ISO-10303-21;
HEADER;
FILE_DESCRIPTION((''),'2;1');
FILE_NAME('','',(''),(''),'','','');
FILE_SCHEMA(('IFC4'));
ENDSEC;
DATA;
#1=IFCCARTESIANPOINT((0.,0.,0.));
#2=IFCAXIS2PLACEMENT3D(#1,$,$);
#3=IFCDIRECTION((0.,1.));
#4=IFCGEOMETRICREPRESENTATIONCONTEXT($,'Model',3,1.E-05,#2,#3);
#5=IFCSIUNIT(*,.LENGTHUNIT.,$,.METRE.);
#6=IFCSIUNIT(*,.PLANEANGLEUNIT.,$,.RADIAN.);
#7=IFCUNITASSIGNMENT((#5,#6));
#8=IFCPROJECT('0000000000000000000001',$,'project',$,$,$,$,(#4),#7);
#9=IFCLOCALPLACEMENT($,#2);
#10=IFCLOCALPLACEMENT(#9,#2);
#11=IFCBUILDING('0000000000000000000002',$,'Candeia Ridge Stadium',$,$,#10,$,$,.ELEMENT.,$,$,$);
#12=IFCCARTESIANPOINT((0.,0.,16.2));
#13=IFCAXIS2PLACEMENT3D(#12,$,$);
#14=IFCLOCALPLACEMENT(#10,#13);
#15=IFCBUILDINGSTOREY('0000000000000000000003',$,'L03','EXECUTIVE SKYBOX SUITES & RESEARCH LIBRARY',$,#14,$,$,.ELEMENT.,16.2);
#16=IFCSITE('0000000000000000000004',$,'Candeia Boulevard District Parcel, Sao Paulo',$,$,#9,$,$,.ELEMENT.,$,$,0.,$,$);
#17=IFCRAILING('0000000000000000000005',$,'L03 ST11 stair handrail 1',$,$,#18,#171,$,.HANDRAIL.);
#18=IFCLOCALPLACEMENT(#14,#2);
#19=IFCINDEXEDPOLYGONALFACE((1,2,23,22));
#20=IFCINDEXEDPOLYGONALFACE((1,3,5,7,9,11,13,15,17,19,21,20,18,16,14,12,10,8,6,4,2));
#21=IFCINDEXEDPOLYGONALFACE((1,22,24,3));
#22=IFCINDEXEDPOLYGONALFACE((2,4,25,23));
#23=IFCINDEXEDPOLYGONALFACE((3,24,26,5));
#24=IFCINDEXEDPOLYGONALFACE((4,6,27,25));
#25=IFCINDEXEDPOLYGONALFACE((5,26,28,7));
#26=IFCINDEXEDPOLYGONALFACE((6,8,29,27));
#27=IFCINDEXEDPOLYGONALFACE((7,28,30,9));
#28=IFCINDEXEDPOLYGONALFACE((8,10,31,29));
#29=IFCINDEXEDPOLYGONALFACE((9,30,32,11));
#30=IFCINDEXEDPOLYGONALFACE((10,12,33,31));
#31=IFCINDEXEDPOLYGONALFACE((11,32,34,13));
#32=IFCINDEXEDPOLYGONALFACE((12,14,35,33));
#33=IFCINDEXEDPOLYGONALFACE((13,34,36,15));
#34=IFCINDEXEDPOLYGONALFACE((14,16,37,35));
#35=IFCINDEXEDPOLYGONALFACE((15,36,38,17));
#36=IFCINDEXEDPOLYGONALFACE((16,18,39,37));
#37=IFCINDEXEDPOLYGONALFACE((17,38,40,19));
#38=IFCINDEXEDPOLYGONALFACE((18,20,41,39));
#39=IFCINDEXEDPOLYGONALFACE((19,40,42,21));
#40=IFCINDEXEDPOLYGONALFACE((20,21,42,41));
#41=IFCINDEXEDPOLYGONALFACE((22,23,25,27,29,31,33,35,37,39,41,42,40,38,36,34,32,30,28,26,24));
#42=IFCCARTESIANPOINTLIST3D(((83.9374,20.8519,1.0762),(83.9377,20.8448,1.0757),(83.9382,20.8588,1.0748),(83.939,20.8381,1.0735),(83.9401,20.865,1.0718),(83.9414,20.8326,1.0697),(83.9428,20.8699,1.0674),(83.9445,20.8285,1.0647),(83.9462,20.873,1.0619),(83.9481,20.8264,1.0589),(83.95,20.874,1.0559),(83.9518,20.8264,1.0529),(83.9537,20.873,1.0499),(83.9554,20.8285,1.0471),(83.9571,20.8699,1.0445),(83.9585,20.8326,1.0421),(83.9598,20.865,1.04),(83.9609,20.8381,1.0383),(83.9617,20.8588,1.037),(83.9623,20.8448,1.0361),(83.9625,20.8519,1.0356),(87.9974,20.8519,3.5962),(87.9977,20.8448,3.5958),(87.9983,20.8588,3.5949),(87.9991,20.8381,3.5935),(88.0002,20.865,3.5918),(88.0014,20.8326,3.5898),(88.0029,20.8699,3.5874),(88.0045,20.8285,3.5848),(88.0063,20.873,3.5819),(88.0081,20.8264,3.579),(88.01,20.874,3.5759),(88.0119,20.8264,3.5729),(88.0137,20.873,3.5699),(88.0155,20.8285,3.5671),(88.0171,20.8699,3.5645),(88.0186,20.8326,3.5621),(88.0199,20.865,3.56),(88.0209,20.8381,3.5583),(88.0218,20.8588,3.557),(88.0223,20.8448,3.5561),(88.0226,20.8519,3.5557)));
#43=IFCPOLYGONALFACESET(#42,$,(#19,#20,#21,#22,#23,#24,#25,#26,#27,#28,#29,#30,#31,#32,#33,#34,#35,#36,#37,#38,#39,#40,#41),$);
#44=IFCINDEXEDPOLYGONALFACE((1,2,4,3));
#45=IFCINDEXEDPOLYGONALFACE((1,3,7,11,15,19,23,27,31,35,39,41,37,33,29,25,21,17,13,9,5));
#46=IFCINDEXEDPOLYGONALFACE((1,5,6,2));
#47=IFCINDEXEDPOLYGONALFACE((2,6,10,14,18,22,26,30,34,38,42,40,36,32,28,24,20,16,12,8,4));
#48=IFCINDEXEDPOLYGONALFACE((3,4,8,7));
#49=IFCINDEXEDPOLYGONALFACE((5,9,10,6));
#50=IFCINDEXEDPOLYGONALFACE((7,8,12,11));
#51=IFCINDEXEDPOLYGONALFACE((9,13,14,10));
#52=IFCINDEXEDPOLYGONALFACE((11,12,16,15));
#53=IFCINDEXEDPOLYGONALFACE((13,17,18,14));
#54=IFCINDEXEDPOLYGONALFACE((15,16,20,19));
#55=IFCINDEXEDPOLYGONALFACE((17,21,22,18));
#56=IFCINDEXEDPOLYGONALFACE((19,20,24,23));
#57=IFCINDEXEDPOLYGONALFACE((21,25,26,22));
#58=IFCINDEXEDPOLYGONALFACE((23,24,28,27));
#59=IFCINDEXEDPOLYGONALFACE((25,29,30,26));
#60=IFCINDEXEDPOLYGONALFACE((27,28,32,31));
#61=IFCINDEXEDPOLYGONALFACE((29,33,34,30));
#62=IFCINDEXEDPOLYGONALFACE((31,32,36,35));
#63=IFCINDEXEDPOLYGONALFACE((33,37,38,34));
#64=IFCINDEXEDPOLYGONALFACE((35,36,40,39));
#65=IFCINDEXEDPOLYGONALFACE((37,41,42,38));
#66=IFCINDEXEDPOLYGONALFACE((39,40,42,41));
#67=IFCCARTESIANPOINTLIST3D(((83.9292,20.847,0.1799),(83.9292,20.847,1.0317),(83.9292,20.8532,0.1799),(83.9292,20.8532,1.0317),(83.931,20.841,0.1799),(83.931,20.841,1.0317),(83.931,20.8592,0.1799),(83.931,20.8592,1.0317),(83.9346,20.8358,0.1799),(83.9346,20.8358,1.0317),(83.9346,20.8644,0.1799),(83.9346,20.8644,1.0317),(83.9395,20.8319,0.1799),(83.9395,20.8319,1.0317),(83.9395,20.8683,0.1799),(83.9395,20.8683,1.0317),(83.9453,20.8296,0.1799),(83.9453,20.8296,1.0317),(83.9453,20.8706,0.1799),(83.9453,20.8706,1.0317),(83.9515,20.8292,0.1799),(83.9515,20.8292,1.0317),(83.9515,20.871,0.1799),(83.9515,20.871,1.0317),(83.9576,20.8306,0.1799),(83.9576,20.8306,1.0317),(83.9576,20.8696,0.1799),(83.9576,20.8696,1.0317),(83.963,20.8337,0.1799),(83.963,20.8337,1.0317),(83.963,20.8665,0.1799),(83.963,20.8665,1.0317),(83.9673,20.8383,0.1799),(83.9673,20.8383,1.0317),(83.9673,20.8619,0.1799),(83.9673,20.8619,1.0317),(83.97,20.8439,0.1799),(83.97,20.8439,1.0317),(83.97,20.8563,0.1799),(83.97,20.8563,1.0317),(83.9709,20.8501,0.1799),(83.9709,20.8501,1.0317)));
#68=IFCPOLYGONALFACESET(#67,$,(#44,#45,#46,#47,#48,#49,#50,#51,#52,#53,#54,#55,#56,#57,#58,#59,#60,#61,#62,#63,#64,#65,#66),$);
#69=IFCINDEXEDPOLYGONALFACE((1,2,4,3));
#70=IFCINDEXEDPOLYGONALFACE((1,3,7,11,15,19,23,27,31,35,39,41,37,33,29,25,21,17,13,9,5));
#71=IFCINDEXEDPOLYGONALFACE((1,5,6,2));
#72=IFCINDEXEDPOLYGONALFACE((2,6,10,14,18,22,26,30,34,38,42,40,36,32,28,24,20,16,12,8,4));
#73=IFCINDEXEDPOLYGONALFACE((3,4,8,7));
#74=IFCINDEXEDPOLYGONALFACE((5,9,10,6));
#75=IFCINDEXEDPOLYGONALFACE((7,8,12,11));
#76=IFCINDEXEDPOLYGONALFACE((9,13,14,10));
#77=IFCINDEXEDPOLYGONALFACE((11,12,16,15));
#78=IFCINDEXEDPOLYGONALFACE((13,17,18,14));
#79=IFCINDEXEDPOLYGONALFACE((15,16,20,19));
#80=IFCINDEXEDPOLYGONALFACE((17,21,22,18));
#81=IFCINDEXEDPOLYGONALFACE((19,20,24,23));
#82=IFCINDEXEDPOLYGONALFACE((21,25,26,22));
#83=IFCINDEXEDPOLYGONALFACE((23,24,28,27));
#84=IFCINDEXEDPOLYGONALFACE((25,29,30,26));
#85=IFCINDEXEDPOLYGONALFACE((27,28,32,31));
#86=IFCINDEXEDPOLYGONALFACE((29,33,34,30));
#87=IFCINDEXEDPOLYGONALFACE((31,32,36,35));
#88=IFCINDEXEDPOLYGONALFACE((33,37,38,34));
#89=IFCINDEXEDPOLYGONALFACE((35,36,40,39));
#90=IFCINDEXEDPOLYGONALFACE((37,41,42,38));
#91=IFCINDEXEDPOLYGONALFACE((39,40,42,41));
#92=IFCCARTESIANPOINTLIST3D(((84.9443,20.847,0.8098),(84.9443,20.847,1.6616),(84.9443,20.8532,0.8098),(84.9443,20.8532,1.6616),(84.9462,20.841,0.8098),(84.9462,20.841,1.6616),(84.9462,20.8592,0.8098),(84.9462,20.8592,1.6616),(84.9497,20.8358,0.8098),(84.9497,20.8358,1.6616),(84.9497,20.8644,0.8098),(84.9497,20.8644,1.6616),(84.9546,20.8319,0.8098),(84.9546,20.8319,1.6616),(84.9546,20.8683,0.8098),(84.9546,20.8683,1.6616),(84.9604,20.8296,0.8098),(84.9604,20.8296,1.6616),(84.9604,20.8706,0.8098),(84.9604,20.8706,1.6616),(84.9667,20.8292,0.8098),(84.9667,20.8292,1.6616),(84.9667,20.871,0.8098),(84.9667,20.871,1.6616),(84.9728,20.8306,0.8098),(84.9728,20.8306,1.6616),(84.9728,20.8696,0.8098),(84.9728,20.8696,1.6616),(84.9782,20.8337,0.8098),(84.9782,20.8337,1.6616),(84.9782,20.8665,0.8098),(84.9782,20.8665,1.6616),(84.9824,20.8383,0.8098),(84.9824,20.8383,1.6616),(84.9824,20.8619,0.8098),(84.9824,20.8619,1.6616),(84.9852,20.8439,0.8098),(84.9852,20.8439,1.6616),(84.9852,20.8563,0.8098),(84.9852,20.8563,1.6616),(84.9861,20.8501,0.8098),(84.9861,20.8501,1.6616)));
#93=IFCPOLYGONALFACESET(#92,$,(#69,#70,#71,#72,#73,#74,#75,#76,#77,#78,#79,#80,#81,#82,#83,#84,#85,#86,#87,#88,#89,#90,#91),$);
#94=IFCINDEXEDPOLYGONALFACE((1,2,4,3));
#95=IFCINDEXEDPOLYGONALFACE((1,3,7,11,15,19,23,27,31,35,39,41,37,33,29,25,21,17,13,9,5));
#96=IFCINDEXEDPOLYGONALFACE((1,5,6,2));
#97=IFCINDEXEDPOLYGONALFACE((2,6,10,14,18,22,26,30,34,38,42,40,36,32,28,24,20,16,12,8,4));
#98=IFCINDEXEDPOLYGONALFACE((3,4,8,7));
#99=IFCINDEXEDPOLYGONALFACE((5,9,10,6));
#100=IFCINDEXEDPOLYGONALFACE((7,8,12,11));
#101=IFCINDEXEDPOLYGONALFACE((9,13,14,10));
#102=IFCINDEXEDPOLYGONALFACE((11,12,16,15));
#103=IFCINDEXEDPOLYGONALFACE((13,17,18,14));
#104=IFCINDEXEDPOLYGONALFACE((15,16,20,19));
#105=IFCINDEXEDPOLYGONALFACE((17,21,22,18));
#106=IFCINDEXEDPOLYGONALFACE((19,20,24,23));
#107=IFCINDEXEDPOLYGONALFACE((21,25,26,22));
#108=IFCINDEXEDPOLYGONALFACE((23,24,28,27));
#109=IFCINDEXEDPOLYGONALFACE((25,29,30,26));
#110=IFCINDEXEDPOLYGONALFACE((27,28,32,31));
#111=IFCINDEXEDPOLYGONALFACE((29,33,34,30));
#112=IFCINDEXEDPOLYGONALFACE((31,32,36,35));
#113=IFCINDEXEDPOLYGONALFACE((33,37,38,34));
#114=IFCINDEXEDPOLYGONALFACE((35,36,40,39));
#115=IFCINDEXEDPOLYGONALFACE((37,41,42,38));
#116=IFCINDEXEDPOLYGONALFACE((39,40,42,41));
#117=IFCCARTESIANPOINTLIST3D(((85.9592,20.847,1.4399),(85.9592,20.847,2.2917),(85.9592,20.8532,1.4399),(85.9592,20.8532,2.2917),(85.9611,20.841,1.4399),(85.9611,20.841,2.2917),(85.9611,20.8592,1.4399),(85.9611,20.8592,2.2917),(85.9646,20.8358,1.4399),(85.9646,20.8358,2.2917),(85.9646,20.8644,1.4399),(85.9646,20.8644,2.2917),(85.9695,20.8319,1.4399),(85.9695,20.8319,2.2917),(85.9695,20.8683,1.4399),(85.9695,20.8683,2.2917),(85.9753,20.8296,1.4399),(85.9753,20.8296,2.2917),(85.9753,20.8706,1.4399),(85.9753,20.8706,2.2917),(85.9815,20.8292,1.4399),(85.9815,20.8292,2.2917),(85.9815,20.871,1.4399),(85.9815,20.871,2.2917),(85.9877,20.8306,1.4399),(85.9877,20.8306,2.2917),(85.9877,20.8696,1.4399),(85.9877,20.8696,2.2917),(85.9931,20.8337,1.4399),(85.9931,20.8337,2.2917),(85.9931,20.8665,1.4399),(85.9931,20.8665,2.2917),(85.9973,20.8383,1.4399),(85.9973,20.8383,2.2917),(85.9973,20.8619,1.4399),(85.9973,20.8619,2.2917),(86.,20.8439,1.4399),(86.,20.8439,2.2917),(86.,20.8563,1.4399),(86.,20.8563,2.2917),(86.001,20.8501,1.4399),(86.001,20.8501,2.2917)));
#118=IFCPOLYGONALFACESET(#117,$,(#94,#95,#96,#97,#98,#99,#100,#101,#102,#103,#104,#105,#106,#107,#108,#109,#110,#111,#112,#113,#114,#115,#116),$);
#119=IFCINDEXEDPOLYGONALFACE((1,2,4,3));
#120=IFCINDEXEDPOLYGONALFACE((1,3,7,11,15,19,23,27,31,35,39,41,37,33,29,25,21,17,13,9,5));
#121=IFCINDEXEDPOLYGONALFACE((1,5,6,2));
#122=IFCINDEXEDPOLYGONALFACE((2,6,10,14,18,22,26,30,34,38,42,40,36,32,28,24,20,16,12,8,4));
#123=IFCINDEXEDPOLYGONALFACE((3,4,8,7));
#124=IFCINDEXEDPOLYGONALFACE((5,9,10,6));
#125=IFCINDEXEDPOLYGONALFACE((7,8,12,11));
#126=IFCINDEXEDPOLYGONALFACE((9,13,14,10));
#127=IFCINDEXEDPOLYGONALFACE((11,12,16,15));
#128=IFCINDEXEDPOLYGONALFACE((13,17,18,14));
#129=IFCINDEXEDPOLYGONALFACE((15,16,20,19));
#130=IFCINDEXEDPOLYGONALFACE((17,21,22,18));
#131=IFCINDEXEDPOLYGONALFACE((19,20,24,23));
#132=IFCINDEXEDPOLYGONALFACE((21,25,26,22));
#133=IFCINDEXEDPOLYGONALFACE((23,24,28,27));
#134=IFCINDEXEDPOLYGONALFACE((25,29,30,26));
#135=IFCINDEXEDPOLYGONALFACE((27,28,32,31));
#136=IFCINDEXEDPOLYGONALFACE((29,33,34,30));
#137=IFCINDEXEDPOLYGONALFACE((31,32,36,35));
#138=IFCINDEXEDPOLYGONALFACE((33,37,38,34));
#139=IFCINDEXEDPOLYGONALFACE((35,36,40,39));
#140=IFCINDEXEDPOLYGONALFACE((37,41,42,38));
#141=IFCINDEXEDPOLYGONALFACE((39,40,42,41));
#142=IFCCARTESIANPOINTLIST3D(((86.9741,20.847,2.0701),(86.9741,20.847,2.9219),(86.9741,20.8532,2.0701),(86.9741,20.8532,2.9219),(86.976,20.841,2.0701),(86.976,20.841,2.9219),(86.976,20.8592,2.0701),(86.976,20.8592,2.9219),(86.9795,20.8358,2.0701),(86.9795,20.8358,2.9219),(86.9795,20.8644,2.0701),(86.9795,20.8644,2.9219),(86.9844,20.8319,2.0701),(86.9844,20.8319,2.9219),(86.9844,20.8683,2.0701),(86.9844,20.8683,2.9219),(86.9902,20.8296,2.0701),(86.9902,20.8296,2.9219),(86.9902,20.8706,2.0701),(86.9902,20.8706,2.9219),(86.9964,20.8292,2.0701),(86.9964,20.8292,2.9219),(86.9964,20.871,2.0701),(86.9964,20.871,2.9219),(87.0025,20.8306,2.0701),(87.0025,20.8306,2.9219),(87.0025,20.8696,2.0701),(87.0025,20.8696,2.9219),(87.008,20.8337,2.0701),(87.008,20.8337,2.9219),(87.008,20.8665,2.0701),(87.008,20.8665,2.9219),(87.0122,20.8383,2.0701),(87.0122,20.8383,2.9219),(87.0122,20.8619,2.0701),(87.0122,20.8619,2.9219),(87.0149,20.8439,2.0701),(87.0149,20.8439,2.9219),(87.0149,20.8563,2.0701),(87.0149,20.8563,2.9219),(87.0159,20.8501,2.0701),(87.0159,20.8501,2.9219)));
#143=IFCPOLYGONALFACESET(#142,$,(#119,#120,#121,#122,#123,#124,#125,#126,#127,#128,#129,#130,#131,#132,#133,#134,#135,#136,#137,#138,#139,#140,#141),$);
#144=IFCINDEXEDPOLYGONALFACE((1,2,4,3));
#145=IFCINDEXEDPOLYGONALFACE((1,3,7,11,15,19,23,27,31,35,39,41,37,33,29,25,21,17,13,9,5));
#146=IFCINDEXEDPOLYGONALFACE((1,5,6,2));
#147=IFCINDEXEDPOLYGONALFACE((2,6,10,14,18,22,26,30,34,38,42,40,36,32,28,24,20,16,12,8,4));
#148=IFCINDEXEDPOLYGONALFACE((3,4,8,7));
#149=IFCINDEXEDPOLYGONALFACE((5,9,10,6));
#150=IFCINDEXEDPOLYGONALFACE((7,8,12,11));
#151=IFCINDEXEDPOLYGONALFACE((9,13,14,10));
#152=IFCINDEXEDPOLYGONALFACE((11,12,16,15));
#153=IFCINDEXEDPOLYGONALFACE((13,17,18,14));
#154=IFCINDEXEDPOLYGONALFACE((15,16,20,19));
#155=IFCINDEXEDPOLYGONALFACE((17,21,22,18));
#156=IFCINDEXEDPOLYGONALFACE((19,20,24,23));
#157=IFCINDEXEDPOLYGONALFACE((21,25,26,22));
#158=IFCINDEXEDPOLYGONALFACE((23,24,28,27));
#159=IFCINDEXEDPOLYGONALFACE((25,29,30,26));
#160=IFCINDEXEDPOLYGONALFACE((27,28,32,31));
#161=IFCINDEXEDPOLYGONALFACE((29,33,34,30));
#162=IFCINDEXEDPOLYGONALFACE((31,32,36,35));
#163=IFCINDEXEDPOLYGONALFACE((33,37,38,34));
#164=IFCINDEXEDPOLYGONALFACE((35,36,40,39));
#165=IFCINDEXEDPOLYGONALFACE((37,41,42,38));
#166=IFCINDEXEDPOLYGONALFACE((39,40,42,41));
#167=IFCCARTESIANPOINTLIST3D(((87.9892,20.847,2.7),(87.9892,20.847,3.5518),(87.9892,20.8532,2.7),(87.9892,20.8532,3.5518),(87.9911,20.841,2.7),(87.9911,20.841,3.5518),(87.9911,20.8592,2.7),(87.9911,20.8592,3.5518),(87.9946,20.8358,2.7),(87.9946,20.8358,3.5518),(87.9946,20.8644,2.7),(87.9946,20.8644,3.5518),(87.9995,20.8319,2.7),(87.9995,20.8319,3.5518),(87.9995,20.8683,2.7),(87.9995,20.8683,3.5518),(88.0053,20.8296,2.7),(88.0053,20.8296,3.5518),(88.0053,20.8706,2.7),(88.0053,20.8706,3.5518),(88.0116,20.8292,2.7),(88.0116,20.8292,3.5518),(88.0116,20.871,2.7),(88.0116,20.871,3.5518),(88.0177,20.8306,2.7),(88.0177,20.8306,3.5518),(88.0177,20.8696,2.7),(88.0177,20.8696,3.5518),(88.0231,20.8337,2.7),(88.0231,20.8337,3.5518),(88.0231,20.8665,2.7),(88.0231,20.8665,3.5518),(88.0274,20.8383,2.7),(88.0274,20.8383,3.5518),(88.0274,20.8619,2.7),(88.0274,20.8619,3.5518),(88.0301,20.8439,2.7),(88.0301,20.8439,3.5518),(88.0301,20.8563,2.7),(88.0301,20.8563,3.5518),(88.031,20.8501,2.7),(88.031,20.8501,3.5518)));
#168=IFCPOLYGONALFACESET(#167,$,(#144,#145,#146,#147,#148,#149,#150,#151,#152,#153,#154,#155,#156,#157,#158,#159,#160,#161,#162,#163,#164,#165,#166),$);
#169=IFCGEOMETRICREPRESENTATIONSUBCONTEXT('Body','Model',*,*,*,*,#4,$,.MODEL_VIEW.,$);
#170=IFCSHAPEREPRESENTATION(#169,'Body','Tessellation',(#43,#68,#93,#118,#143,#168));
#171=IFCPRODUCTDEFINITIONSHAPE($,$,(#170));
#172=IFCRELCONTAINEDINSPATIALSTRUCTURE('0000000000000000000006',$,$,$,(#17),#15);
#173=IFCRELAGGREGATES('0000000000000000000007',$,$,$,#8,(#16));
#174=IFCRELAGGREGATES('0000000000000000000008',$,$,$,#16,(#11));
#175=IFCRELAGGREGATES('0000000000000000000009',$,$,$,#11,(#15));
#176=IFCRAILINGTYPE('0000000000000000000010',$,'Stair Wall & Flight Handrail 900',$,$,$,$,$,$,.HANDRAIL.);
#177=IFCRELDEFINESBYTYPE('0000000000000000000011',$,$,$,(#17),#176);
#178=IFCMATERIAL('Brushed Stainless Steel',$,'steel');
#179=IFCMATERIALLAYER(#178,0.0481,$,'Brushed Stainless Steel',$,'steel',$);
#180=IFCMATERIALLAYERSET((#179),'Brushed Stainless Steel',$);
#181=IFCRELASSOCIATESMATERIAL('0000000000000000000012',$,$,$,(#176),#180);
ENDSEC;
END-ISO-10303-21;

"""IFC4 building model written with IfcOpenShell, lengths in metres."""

from ifc_helpers import new_model, si_unit, direction, frame, origin, origin_2d, place, context, subcontext, project, spatial, circle, extrude, material, layer, layer_set, type_object, element, save


model = new_model("IFC4")

# Units and contexts
model_context = context("Model", 3, precision=1e-05, world=origin(), true_north=direction((0.0, 1.0)))
body_context = subcontext(model_context, "Body", "Model", "MODEL_VIEW")
ifc_project = project(units=[si_unit("LENGTHUNIT", "METRE"), si_unit("PLANEANGLEUNIT", "RADIAN")], contexts=[model_context])

# Site, building, storey
site_placement = place(None, origin())
site = spatial("IfcSite", under=ifc_project, at=site_placement, Name="Candeia Boulevard District Parcel, Sao Paulo", CompositionType="ELEMENT", RefElevation=0.0)
building_placement = place(site_placement, origin())
building = spatial("IfcBuilding", under=site, at=building_placement, Name="Candeia Ridge Stadium", CompositionType="ELEMENT")
storey_placement = place(building_placement, frame((0.0, 0.0, 16.2)))
storey = spatial("IfcBuildingStorey", under=building, at=storey_placement, Name="L03", Description="EXECUTIVE SKYBOX SUITES & RESEARCH LIBRARY", CompositionType="ELEMENT", Elevation=16.2)

# Railing
ifc_material_1 = material(Name="Brushed Stainless Steel", Category="steel")
ifc_layer_1 = layer(ifc_material_1, 0.0481, Name="Brushed Stainless Steel", Category="steel")
ifc_layer_set_1 = layer_set([ifc_layer_1], Name="Brushed Stainless Steel")
railing_type_1 = type_object("IfcRailingType", Name="Stair Wall & Flight Handrail 900", PredefinedType="HANDRAIL", material=ifc_layer_set_1)
railing_1_placement = place(storey_placement, frame((83.95, 20.8501, 0.1799)))
element("IfcRailing", 1, at=railing_1_placement, inside=storey, type_object=railing_type_1, Name="L03 ST11 stair handrail 1", PredefinedType="HANDRAIL", context=body_context, shape_type="SweptSolid", body=[
    extrude(circle(Radius=0.0239, at=origin_2d()), frame((0.0, 0.0, 0.876), z_axis=(0.849642, 0.0, 0.52736), x_axis=(0.0, 1.0, 0.0)), (0.0, 0.0, 1.0), 4.7786),
    extrude(circle(Radius=0.021, at=origin_2d()), origin(), (0.0, 0.0, 1.0), 0.8518),
    extrude(circle(Radius=0.021, at=origin_2d()), frame((1.0151, 0.0, 0.6299)), (0.0, 0.0, 1.0), 0.8518),
    extrude(circle(Radius=0.021, at=origin_2d()), frame((2.03, 0.0, 1.26)), (0.0, 0.0, 1.0), 0.8518),
    extrude(circle(Radius=0.021, at=origin_2d()), frame((3.0449, 0.0, 1.8901)), (0.0, 0.0, 1.0), 0.8518),
    extrude(circle(Radius=0.021, at=origin_2d()), frame((4.0601, 0.0, 2.52)), (0.0, 0.0, 1.0), 0.8518),
])

save(model, "model.ifc")
